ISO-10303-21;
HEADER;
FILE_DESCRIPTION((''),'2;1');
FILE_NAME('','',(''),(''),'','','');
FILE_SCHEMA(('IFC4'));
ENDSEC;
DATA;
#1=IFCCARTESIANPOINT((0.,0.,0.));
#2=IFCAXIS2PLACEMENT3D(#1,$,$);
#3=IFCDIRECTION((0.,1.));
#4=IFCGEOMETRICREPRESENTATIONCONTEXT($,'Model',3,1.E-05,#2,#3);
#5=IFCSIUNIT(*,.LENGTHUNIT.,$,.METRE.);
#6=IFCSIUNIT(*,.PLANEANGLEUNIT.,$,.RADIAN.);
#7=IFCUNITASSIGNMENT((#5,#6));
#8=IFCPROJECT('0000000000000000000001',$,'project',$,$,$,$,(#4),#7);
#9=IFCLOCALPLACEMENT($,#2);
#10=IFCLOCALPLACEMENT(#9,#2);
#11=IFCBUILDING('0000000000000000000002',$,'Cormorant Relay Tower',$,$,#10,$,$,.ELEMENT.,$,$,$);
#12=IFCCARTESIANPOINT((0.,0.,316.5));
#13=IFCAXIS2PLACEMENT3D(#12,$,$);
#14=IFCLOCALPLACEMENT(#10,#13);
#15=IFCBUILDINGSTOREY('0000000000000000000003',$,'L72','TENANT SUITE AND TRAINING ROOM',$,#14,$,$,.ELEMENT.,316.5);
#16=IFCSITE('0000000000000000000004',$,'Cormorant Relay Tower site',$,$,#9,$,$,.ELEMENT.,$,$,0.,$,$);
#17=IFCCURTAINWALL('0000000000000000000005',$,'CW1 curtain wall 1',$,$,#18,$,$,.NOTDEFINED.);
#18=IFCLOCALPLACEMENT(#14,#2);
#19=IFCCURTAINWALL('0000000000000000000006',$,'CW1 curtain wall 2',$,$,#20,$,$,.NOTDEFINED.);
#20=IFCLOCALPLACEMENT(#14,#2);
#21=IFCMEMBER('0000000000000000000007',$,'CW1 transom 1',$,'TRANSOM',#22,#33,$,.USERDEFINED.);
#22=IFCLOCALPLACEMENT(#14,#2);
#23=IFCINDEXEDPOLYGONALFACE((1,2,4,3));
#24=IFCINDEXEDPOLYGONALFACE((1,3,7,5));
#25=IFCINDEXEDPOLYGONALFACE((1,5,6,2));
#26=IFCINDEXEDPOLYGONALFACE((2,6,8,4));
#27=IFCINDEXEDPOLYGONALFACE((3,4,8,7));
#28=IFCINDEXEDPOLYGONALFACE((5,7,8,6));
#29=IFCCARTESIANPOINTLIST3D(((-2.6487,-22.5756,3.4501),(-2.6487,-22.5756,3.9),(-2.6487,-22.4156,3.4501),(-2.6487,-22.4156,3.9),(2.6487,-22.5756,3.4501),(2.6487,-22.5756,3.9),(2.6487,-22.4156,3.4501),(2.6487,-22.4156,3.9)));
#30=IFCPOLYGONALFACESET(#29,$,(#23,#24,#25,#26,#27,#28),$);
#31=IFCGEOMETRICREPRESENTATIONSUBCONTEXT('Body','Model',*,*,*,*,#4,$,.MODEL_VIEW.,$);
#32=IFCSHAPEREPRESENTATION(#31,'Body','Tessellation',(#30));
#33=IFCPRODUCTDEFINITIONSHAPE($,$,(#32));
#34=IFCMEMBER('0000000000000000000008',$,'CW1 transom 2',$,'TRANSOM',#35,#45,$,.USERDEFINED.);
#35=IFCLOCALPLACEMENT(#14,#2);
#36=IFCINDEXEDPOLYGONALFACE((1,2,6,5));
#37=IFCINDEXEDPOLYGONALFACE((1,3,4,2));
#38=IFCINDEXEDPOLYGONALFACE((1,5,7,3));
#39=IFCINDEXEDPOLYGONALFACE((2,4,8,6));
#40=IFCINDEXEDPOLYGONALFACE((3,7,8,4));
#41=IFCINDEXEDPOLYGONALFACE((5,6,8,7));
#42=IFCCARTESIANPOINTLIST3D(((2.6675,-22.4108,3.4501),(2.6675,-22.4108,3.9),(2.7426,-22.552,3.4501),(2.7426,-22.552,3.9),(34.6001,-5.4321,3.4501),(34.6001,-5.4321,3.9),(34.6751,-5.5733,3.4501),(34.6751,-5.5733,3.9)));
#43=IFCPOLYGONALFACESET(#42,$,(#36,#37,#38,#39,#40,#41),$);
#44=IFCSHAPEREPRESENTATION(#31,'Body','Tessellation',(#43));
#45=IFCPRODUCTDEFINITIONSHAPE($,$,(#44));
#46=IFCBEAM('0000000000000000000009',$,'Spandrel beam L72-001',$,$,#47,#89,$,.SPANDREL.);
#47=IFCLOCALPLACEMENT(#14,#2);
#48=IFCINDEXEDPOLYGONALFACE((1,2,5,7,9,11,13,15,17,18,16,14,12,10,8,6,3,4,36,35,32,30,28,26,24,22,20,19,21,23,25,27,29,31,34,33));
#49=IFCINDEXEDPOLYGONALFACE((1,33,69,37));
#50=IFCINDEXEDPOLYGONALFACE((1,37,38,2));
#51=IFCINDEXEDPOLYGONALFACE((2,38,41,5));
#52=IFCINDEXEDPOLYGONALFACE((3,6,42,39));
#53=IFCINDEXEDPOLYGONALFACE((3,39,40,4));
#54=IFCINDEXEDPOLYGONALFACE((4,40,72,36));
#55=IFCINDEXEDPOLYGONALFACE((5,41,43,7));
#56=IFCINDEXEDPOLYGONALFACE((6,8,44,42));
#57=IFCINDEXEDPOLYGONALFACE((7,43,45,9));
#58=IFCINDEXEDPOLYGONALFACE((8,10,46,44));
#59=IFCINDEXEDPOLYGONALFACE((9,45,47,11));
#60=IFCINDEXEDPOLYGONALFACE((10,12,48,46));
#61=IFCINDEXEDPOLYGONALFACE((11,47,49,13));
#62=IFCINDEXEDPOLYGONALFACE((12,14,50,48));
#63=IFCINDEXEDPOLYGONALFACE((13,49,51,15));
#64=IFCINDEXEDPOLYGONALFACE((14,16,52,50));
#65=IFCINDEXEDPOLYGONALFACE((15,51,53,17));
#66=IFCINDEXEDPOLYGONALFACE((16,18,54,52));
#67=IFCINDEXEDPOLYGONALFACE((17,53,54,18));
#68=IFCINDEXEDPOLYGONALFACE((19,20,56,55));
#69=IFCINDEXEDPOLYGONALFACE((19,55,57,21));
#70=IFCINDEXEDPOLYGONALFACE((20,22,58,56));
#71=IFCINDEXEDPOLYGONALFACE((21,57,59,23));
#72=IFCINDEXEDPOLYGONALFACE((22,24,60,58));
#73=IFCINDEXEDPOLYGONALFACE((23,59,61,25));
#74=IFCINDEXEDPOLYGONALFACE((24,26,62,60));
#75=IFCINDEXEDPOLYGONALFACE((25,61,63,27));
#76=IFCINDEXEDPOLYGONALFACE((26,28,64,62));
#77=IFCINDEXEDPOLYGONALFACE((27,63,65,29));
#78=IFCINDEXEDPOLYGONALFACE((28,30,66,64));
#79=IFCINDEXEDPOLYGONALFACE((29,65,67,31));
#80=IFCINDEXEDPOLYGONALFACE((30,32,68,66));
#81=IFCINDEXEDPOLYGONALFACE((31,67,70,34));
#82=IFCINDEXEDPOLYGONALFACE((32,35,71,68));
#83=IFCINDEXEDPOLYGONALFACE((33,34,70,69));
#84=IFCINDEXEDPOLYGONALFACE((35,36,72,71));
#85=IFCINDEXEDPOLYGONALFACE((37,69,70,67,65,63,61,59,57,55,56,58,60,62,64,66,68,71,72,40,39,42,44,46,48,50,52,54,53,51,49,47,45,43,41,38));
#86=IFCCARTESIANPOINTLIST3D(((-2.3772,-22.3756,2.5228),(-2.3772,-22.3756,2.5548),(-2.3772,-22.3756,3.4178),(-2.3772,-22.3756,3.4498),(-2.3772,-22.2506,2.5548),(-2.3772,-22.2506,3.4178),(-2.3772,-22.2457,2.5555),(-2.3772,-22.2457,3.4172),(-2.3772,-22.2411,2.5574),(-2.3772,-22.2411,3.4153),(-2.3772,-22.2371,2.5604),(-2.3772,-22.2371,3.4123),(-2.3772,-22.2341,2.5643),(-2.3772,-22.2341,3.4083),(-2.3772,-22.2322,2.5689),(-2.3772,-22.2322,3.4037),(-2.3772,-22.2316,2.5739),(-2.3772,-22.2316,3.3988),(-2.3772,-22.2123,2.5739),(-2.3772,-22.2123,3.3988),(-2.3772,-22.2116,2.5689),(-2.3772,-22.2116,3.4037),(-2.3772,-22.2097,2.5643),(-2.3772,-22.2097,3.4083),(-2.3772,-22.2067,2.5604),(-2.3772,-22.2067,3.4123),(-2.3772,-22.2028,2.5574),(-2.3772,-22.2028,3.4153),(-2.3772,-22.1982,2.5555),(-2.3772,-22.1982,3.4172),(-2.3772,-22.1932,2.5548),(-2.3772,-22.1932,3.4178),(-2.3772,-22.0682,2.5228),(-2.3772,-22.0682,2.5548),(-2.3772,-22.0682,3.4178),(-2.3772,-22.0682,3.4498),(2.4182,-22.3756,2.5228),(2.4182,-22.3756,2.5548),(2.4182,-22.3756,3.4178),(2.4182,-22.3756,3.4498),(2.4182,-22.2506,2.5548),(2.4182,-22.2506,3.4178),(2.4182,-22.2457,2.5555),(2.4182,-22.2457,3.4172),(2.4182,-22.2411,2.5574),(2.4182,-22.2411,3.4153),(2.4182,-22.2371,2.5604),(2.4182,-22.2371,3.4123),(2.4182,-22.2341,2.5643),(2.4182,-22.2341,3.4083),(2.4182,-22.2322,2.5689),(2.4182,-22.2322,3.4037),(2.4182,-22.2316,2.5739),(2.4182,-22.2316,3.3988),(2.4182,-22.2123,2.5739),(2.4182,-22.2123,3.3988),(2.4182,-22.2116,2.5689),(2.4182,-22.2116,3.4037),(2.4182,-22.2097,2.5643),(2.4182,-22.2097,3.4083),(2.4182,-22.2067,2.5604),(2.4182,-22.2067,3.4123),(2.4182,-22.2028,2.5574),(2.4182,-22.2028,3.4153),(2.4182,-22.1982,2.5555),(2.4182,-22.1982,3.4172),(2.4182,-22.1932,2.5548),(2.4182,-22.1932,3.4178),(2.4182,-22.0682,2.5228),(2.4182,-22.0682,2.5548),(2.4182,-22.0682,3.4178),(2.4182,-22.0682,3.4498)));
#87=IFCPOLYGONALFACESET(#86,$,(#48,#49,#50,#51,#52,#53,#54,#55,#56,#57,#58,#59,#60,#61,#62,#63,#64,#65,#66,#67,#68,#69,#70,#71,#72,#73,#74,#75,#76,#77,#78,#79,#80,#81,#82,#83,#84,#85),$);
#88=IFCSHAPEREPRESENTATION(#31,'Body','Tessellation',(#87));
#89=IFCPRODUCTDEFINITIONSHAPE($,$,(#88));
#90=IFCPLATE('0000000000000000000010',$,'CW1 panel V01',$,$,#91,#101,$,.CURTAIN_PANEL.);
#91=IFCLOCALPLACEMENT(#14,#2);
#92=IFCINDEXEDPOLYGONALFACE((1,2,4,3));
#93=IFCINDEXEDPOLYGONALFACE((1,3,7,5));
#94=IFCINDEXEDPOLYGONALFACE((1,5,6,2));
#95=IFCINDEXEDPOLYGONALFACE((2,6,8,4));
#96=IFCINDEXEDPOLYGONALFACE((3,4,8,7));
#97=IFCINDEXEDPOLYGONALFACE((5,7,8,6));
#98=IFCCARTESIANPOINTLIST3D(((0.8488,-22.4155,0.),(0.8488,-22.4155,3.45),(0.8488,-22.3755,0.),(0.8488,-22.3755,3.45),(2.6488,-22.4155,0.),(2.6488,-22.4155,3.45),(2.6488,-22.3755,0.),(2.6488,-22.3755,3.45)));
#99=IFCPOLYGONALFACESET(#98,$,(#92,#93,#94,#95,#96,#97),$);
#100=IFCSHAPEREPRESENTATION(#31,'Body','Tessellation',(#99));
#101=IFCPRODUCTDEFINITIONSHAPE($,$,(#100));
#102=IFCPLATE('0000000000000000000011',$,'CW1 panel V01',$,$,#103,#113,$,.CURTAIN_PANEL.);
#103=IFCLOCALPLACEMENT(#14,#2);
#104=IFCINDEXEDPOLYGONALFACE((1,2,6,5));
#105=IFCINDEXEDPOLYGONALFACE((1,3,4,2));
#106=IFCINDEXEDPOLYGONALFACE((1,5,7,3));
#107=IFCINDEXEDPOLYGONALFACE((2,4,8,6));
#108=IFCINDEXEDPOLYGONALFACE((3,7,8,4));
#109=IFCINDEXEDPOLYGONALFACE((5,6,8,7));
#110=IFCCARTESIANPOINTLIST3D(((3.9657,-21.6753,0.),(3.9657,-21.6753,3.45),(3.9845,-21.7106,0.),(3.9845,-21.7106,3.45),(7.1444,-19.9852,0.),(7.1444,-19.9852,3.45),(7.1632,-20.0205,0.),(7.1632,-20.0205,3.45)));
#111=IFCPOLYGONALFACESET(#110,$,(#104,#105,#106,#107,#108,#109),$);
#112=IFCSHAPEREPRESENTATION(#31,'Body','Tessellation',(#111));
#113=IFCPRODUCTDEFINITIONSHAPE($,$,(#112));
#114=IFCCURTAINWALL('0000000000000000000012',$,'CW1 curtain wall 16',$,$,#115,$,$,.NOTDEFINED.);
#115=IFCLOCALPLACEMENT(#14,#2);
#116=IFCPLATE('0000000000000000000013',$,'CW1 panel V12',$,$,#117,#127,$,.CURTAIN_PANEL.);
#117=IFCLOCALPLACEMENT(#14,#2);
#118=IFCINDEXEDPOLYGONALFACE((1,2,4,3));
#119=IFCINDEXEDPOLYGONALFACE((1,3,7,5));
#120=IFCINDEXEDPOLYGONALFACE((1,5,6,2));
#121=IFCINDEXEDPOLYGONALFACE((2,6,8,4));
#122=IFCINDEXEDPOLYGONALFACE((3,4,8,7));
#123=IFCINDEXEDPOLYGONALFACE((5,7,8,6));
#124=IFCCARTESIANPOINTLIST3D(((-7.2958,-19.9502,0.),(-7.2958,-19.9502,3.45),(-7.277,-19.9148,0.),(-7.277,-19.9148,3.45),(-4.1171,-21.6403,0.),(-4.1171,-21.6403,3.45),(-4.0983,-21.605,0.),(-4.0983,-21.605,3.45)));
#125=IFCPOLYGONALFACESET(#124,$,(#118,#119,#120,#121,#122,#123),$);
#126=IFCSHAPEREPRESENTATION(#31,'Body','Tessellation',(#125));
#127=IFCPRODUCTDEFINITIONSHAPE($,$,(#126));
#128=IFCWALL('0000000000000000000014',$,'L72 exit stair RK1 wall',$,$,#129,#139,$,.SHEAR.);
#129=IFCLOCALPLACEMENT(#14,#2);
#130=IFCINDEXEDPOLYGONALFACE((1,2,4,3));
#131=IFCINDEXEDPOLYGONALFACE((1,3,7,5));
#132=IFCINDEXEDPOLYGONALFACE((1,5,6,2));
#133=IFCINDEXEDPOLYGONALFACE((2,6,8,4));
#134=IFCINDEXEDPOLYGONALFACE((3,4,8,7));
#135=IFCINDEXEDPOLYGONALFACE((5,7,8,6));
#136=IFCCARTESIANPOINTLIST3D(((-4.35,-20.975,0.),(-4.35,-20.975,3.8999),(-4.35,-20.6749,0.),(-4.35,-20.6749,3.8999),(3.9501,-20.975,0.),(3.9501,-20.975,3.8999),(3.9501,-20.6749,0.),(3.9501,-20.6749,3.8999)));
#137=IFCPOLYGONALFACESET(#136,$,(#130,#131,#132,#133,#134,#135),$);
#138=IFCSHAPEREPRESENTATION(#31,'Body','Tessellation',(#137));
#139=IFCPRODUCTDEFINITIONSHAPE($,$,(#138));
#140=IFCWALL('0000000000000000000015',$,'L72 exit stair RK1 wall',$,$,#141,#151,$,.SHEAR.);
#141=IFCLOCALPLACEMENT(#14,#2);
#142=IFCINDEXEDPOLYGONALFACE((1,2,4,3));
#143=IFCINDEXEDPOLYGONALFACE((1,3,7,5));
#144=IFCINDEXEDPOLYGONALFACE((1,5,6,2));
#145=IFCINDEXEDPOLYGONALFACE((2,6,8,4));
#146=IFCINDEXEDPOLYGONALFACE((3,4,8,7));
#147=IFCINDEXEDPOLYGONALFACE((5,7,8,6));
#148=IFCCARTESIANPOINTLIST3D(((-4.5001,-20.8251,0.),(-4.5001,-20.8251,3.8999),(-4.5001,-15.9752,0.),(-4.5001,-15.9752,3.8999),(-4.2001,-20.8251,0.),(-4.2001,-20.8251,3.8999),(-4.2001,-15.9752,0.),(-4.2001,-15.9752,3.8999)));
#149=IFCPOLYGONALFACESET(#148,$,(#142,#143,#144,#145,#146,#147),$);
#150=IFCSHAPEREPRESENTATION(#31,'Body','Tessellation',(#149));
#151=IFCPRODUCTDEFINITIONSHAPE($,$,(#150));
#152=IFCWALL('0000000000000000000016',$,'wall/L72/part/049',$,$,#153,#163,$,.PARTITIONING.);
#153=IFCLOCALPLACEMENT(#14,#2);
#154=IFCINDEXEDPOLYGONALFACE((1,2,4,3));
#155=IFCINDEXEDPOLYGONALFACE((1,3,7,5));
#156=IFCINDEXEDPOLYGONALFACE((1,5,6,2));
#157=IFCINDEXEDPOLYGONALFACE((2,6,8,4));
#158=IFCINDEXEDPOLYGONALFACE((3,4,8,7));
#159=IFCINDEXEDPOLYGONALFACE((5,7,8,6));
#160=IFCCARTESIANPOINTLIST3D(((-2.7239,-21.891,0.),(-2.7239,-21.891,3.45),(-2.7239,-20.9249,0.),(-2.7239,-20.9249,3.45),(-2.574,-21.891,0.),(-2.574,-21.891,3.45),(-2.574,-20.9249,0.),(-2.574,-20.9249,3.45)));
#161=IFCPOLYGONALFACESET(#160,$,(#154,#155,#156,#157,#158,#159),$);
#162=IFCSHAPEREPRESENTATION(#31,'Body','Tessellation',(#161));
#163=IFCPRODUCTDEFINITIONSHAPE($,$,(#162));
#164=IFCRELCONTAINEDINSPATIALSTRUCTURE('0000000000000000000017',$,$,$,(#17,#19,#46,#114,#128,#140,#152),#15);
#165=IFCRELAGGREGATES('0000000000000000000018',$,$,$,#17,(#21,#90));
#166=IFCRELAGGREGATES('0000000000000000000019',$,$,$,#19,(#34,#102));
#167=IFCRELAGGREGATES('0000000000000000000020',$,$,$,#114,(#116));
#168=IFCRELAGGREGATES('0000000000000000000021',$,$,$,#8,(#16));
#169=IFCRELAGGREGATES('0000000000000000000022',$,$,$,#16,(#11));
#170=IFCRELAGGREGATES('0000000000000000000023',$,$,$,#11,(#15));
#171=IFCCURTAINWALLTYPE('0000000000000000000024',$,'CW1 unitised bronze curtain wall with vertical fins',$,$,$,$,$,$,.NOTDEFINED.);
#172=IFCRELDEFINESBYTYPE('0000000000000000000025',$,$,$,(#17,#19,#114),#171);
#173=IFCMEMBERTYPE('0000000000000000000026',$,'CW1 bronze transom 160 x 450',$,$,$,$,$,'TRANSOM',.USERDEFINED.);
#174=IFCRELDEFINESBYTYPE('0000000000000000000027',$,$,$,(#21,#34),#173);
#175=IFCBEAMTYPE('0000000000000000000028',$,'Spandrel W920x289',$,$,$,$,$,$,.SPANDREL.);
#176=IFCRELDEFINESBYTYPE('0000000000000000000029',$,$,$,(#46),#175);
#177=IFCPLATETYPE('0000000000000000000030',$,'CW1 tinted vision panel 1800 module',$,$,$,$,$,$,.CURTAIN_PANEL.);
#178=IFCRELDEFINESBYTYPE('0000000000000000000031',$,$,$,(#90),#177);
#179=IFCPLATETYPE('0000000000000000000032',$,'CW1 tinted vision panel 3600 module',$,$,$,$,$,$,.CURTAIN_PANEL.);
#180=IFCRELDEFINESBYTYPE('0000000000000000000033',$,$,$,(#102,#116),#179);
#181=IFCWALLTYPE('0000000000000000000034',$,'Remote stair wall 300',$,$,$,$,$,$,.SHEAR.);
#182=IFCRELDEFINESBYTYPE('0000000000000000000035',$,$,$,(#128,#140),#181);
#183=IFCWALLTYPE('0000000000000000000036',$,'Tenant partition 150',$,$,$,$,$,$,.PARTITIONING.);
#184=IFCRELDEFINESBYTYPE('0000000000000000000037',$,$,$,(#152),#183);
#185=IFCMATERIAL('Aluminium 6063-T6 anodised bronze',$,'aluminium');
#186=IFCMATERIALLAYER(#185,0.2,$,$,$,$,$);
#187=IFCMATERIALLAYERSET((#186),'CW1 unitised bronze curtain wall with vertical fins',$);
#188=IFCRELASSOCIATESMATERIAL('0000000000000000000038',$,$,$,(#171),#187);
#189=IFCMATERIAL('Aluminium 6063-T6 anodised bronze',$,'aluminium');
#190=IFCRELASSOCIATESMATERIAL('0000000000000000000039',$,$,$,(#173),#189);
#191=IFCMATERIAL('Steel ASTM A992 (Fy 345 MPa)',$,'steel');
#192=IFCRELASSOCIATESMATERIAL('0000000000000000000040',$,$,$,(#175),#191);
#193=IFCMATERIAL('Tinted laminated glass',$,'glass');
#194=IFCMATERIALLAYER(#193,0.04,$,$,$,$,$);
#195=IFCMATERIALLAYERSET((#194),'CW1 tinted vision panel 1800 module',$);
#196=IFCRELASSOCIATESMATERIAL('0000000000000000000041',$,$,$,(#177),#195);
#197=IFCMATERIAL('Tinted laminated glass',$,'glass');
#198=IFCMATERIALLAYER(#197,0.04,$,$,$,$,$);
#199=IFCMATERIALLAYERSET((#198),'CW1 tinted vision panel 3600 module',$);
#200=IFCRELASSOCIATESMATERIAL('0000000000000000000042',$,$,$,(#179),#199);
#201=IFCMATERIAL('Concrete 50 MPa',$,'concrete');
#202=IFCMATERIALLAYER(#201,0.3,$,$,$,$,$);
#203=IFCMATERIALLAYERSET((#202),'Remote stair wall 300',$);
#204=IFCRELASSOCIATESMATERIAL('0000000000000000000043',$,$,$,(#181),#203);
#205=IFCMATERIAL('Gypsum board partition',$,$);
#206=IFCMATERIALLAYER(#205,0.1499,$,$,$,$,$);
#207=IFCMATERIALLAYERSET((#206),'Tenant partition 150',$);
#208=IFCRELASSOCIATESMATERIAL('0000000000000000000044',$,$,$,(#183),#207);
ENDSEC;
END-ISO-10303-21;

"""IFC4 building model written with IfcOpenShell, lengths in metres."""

from ifc_helpers import new_model, si_unit, direction, frame, frame_2d, origin, origin_2d, place, context, subcontext, project, spatial, rectangle, i_section, extrude, material, layer, layer_set, material_profile, profile_set, type_object, element, aggregate, save


model = new_model("IFC4")

# Units and contexts
model_context = context("Model", 3, precision=1e-05, world=origin(), true_north=direction((0.0, 1.0)))
body_context = subcontext(model_context, "Body", "Model", "MODEL_VIEW")
ifc_project = project(units=[si_unit("LENGTHUNIT", "METRE"), si_unit("PLANEANGLEUNIT", "RADIAN")], contexts=[model_context])

# Site, building, storey
site_placement = place(None, origin())
site = spatial("IfcSite", under=ifc_project, at=site_placement, Name="Cormorant Relay Tower site", CompositionType="ELEMENT", RefElevation=0.0)
building_placement = place(site_placement, origin())
building = spatial("IfcBuilding", under=site, at=building_placement, Name="Cormorant Relay Tower", CompositionType="ELEMENT")
storey_placement = place(building_placement, frame((0.0, 0.0, 316.5)))
storey = spatial("IfcBuildingStorey", under=building, at=storey_placement, Name="L72", Description="TENANT SUITE AND TRAINING ROOM", CompositionType="ELEMENT", Elevation=316.5)

# Curtain wall
ifc_material_1 = material(Name="Aluminium 6063-T6 anodised bronze", Category="aluminium")
ifc_layer_1 = layer(ifc_material_1, 0.2)
ifc_layer_set_1 = layer_set([ifc_layer_1], Name="CW1 unitised bronze curtain wall with vertical fins")
curtain_wall_type = type_object("IfcCurtainWallType", Name="CW1 unitised bronze curtain wall with vertical fins", PredefinedType="NOTDEFINED", material=ifc_layer_set_1)
curtain_wall_1_placement = place(storey_placement, origin())
curtain_wall_1 = element("IfcCurtainWall", 1, at=curtain_wall_1_placement, inside=storey, type_object=curtain_wall_type, Name="CW1 curtain wall 1", PredefinedType="NOTDEFINED")

# Curtain wall
curtain_wall_2_placement = place(storey_placement, origin())
curtain_wall_2 = element("IfcCurtainWall", 2, at=curtain_wall_2_placement, inside=storey, type_object=curtain_wall_type, Name="CW1 curtain wall 2", PredefinedType="NOTDEFINED")

# Members
ifc_material_2 = material(Name="Aluminium 6063-T6 anodised bronze", Category="aluminium")
ifc_material_profile_1 = material_profile(ifc_material_2, rectangle(XDim=0.1599, YDim=0.45, at=origin_2d()), Name="AL 160x450")
ifc_profile_set_1 = profile_set([ifc_material_profile_1], Name="Aluminium 6063-T6 anodised bronze")
member_type_1 = type_object("IfcMemberType", Name="CW1 bronze transom 160 x 450", ElementType="TRANSOM", PredefinedType="USERDEFINED", material=ifc_profile_set_1)
member_1_placement = place(storey_placement, frame((-2.6487, -22.4956, 3.675), z_axis=(1.0, 0.0, 0.0), x_axis=(0.0, 1.0, 0.0)))
member_1 = element("IfcMember", 3, at=member_1_placement, type_object=member_type_1, Name="CW1 transom 1", ObjectType="TRANSOM", PredefinedType="USERDEFINED", context=body_context, shape_type="SweptSolid", body=[
    extrude(rectangle(XDim=0.1599, YDim=0.45, at=origin_2d()), origin(), (0.0, 0.0, 1.0), 5.2974),
])
member_2_placement = place(storey_placement, frame((2.7051, -22.4814, 3.675), z_axis=(0.882949, 0.469469, 0.0), x_axis=(-0.469469, 0.882949, 0.0)))
member_2 = element("IfcMember", 4, at=member_2_placement, type_object=member_type_1, Name="CW1 transom 2", ObjectType="TRANSOM", PredefinedType="USERDEFINED", context=body_context, shape_type="SweptSolid", body=[
    extrude(rectangle(XDim=0.1599, YDim=0.45, at=origin_2d()), origin(), (0.0, 0.0, 1.0), 36.1658),
])

# Beam
ifc_material_3 = material(Name="Steel ASTM A992 (Fy 345 MPa)", Category="steel")
ifc_material_profile_2 = material_profile(ifc_material_3, i_section(OverallWidth=0.3074, OverallDepth=0.927, WebThickness=0.0193, FlangeThickness=0.032, FilletRadius=0.019, at=origin_2d()), Name="W920x289")
ifc_profile_set_2 = profile_set([ifc_material_profile_2], Name="Steel ASTM A992 (Fy 345 MPa)")
beam_type = type_object("IfcBeamType", Name="Spandrel W920x289", PredefinedType="SPANDREL", material=ifc_profile_set_2)
beam_placement = place(storey_placement, frame((-2.3772, -22.2219, 2.9863), z_axis=(1.0, 0.0, 0.0), x_axis=(0.0, 1.0, 0.0)))
element("IfcBeam", 5, at=beam_placement, inside=storey, type_object=beam_type, Name="Spandrel beam L72-001", PredefinedType="SPANDREL", context=body_context, shape_type="SweptSolid", body=[
    extrude(i_section(OverallWidth=0.3074, OverallDepth=0.927, WebThickness=0.0193, FlangeThickness=0.032, FilletRadius=0.019, at=origin_2d()), origin(), (0.0, 0.0, 1.0), 4.7954),
])

# Plates
ifc_material_4 = material(Name="Tinted laminated glass", Category="glass")
ifc_layer_2 = layer(ifc_material_4, 0.04)
ifc_layer_set_2 = layer_set([ifc_layer_2], Name="CW1 tinted vision panel 1800 module")
plate_type_1 = type_object("IfcPlateType", Name="CW1 tinted vision panel 1800 module", PredefinedType="CURTAIN_PANEL", material=ifc_layer_set_2)
plate_1_placement = place(storey_placement, frame((1.7488, -22.3955, 0.0), z_axis=(0.0, 0.0, 1.0), x_axis=(1.0, 0.0, 0.0)))
plate_1 = element("IfcPlate", 6, at=plate_1_placement, type_object=plate_type_1, Name="CW1 panel V01", PredefinedType="CURTAIN_PANEL", context=body_context, shape_type="SweptSolid", body=[
    extrude(rectangle(XDim=1.8, YDim=0.04, at=origin_2d()), origin(), (0.0, 0.0, 1.0), 3.45),
])
ifc_material_5 = material(Name="Tinted laminated glass", Category="glass")
ifc_layer_3 = layer(ifc_material_5, 0.04)
ifc_layer_set_3 = layer_set([ifc_layer_3], Name="CW1 tinted vision panel 3600 module")
plate_type_2 = type_object("IfcPlateType", Name="CW1 tinted vision panel 3600 module", PredefinedType="CURTAIN_PANEL", material=ifc_layer_set_3)
plate_2_placement = place(storey_placement, frame((5.5645, -20.8479, 0.0), z_axis=(0.0, 0.0, 1.0), x_axis=(0.882948, 0.469472, 0.0)))
plate_2 = element("IfcPlate", 7, at=plate_2_placement, type_object=plate_type_2, Name="CW1 panel V01", PredefinedType="CURTAIN_PANEL", context=body_context, shape_type="SweptSolid", body=[
    extrude(rectangle(XDim=3.6001, YDim=0.04, at=origin_2d()), origin(), (0.0, 0.0, 1.0), 3.45),
])

# Curtain wall, plate
curtain_wall_3_placement = place(storey_placement, origin())
curtain_wall_3 = element("IfcCurtainWall", 8, at=curtain_wall_3_placement, inside=storey, type_object=curtain_wall_type, Name="CW1 curtain wall 16", PredefinedType="NOTDEFINED")
plate_3_placement = place(storey_placement, frame((-5.697, -20.7776, 0.0), z_axis=(0.0, 0.0, 1.0), x_axis=(0.882948, -0.469472, 0.0)))
plate_3 = element("IfcPlate", 9, at=plate_3_placement, type_object=plate_type_2, Name="CW1 panel V12", PredefinedType="CURTAIN_PANEL", context=body_context, shape_type="SweptSolid", body=[
    extrude(rectangle(XDim=3.6001, YDim=0.04, at=origin_2d()), origin(), (0.0, 0.0, 1.0), 3.45),
])

# Walls
ifc_material_6 = material(Name="Concrete 50 MPa", Category="concrete")
ifc_layer_4 = layer(ifc_material_6, 0.3)
ifc_layer_set_4 = layer_set([ifc_layer_4], Name="Remote stair wall 300")
wall_type_1 = type_object("IfcWallType", Name="Remote stair wall 300", PredefinedType="SHEAR", material=ifc_layer_set_4)
wall_1_placement = place(storey_placement, frame((3.95, -20.825, 0.0), z_axis=(0.0, 0.0, 1.0), x_axis=(-1.0, 0.0, 0.0)))
element("IfcWall", 10, at=wall_1_placement, inside=storey, type_object=wall_type_1, Name="L72 exit stair RK1 wall", PredefinedType="SHEAR", context=body_context, shape_type="SweptSolid", body=[
    extrude(rectangle(XDim=8.3, YDim=0.3, at=frame_2d((4.1499, 0.0))), origin(), (0.0, 0.0, 1.0), 3.8999),
])
wall_2_placement = place(storey_placement, frame((-4.3501, -20.825, 0.0), z_axis=(0.0, 0.0, 1.0), x_axis=(0.0, 1.0, 0.0)))
element("IfcWall", 11, at=wall_2_placement, inside=storey, type_object=wall_type_1, Name="L72 exit stair RK1 wall", PredefinedType="SHEAR", context=body_context, shape_type="SweptSolid", body=[
    extrude(rectangle(XDim=4.8499, YDim=0.3, at=frame_2d((2.4248, 0.0))), origin(), (0.0, 0.0, 1.0), 3.8999),
])
ifc_material_7 = material(Name="Gypsum board partition")
ifc_layer_5 = layer(ifc_material_7, 0.1499)
ifc_layer_set_5 = layer_set([ifc_layer_5], Name="Tenant partition 150")
wall_type_2 = type_object("IfcWallType", Name="Tenant partition 150", PredefinedType="PARTITIONING", material=ifc_layer_set_5)
wall_3_placement = place(storey_placement, frame((-2.6489, -20.925, 0.0), z_axis=(0.0, 0.0, 1.0), x_axis=(0.0, -1.0, 0.0)))
element("IfcWall", 12, at=wall_3_placement, inside=storey, type_object=wall_type_2, Name="wall/L72/part/049", PredefinedType="PARTITIONING", context=body_context, shape_type="SweptSolid", body=[
    extrude(rectangle(XDim=0.9661, YDim=0.1499, at=frame_2d((0.4829, 0.0))), origin(), (0.0, 0.0, 1.0), 3.45),
])

aggregate(curtain_wall_1, [member_1, plate_1])
aggregate(curtain_wall_2, [member_2, plate_2])
aggregate(curtain_wall_3, [plate_3])

save(model, "model.ifc")
